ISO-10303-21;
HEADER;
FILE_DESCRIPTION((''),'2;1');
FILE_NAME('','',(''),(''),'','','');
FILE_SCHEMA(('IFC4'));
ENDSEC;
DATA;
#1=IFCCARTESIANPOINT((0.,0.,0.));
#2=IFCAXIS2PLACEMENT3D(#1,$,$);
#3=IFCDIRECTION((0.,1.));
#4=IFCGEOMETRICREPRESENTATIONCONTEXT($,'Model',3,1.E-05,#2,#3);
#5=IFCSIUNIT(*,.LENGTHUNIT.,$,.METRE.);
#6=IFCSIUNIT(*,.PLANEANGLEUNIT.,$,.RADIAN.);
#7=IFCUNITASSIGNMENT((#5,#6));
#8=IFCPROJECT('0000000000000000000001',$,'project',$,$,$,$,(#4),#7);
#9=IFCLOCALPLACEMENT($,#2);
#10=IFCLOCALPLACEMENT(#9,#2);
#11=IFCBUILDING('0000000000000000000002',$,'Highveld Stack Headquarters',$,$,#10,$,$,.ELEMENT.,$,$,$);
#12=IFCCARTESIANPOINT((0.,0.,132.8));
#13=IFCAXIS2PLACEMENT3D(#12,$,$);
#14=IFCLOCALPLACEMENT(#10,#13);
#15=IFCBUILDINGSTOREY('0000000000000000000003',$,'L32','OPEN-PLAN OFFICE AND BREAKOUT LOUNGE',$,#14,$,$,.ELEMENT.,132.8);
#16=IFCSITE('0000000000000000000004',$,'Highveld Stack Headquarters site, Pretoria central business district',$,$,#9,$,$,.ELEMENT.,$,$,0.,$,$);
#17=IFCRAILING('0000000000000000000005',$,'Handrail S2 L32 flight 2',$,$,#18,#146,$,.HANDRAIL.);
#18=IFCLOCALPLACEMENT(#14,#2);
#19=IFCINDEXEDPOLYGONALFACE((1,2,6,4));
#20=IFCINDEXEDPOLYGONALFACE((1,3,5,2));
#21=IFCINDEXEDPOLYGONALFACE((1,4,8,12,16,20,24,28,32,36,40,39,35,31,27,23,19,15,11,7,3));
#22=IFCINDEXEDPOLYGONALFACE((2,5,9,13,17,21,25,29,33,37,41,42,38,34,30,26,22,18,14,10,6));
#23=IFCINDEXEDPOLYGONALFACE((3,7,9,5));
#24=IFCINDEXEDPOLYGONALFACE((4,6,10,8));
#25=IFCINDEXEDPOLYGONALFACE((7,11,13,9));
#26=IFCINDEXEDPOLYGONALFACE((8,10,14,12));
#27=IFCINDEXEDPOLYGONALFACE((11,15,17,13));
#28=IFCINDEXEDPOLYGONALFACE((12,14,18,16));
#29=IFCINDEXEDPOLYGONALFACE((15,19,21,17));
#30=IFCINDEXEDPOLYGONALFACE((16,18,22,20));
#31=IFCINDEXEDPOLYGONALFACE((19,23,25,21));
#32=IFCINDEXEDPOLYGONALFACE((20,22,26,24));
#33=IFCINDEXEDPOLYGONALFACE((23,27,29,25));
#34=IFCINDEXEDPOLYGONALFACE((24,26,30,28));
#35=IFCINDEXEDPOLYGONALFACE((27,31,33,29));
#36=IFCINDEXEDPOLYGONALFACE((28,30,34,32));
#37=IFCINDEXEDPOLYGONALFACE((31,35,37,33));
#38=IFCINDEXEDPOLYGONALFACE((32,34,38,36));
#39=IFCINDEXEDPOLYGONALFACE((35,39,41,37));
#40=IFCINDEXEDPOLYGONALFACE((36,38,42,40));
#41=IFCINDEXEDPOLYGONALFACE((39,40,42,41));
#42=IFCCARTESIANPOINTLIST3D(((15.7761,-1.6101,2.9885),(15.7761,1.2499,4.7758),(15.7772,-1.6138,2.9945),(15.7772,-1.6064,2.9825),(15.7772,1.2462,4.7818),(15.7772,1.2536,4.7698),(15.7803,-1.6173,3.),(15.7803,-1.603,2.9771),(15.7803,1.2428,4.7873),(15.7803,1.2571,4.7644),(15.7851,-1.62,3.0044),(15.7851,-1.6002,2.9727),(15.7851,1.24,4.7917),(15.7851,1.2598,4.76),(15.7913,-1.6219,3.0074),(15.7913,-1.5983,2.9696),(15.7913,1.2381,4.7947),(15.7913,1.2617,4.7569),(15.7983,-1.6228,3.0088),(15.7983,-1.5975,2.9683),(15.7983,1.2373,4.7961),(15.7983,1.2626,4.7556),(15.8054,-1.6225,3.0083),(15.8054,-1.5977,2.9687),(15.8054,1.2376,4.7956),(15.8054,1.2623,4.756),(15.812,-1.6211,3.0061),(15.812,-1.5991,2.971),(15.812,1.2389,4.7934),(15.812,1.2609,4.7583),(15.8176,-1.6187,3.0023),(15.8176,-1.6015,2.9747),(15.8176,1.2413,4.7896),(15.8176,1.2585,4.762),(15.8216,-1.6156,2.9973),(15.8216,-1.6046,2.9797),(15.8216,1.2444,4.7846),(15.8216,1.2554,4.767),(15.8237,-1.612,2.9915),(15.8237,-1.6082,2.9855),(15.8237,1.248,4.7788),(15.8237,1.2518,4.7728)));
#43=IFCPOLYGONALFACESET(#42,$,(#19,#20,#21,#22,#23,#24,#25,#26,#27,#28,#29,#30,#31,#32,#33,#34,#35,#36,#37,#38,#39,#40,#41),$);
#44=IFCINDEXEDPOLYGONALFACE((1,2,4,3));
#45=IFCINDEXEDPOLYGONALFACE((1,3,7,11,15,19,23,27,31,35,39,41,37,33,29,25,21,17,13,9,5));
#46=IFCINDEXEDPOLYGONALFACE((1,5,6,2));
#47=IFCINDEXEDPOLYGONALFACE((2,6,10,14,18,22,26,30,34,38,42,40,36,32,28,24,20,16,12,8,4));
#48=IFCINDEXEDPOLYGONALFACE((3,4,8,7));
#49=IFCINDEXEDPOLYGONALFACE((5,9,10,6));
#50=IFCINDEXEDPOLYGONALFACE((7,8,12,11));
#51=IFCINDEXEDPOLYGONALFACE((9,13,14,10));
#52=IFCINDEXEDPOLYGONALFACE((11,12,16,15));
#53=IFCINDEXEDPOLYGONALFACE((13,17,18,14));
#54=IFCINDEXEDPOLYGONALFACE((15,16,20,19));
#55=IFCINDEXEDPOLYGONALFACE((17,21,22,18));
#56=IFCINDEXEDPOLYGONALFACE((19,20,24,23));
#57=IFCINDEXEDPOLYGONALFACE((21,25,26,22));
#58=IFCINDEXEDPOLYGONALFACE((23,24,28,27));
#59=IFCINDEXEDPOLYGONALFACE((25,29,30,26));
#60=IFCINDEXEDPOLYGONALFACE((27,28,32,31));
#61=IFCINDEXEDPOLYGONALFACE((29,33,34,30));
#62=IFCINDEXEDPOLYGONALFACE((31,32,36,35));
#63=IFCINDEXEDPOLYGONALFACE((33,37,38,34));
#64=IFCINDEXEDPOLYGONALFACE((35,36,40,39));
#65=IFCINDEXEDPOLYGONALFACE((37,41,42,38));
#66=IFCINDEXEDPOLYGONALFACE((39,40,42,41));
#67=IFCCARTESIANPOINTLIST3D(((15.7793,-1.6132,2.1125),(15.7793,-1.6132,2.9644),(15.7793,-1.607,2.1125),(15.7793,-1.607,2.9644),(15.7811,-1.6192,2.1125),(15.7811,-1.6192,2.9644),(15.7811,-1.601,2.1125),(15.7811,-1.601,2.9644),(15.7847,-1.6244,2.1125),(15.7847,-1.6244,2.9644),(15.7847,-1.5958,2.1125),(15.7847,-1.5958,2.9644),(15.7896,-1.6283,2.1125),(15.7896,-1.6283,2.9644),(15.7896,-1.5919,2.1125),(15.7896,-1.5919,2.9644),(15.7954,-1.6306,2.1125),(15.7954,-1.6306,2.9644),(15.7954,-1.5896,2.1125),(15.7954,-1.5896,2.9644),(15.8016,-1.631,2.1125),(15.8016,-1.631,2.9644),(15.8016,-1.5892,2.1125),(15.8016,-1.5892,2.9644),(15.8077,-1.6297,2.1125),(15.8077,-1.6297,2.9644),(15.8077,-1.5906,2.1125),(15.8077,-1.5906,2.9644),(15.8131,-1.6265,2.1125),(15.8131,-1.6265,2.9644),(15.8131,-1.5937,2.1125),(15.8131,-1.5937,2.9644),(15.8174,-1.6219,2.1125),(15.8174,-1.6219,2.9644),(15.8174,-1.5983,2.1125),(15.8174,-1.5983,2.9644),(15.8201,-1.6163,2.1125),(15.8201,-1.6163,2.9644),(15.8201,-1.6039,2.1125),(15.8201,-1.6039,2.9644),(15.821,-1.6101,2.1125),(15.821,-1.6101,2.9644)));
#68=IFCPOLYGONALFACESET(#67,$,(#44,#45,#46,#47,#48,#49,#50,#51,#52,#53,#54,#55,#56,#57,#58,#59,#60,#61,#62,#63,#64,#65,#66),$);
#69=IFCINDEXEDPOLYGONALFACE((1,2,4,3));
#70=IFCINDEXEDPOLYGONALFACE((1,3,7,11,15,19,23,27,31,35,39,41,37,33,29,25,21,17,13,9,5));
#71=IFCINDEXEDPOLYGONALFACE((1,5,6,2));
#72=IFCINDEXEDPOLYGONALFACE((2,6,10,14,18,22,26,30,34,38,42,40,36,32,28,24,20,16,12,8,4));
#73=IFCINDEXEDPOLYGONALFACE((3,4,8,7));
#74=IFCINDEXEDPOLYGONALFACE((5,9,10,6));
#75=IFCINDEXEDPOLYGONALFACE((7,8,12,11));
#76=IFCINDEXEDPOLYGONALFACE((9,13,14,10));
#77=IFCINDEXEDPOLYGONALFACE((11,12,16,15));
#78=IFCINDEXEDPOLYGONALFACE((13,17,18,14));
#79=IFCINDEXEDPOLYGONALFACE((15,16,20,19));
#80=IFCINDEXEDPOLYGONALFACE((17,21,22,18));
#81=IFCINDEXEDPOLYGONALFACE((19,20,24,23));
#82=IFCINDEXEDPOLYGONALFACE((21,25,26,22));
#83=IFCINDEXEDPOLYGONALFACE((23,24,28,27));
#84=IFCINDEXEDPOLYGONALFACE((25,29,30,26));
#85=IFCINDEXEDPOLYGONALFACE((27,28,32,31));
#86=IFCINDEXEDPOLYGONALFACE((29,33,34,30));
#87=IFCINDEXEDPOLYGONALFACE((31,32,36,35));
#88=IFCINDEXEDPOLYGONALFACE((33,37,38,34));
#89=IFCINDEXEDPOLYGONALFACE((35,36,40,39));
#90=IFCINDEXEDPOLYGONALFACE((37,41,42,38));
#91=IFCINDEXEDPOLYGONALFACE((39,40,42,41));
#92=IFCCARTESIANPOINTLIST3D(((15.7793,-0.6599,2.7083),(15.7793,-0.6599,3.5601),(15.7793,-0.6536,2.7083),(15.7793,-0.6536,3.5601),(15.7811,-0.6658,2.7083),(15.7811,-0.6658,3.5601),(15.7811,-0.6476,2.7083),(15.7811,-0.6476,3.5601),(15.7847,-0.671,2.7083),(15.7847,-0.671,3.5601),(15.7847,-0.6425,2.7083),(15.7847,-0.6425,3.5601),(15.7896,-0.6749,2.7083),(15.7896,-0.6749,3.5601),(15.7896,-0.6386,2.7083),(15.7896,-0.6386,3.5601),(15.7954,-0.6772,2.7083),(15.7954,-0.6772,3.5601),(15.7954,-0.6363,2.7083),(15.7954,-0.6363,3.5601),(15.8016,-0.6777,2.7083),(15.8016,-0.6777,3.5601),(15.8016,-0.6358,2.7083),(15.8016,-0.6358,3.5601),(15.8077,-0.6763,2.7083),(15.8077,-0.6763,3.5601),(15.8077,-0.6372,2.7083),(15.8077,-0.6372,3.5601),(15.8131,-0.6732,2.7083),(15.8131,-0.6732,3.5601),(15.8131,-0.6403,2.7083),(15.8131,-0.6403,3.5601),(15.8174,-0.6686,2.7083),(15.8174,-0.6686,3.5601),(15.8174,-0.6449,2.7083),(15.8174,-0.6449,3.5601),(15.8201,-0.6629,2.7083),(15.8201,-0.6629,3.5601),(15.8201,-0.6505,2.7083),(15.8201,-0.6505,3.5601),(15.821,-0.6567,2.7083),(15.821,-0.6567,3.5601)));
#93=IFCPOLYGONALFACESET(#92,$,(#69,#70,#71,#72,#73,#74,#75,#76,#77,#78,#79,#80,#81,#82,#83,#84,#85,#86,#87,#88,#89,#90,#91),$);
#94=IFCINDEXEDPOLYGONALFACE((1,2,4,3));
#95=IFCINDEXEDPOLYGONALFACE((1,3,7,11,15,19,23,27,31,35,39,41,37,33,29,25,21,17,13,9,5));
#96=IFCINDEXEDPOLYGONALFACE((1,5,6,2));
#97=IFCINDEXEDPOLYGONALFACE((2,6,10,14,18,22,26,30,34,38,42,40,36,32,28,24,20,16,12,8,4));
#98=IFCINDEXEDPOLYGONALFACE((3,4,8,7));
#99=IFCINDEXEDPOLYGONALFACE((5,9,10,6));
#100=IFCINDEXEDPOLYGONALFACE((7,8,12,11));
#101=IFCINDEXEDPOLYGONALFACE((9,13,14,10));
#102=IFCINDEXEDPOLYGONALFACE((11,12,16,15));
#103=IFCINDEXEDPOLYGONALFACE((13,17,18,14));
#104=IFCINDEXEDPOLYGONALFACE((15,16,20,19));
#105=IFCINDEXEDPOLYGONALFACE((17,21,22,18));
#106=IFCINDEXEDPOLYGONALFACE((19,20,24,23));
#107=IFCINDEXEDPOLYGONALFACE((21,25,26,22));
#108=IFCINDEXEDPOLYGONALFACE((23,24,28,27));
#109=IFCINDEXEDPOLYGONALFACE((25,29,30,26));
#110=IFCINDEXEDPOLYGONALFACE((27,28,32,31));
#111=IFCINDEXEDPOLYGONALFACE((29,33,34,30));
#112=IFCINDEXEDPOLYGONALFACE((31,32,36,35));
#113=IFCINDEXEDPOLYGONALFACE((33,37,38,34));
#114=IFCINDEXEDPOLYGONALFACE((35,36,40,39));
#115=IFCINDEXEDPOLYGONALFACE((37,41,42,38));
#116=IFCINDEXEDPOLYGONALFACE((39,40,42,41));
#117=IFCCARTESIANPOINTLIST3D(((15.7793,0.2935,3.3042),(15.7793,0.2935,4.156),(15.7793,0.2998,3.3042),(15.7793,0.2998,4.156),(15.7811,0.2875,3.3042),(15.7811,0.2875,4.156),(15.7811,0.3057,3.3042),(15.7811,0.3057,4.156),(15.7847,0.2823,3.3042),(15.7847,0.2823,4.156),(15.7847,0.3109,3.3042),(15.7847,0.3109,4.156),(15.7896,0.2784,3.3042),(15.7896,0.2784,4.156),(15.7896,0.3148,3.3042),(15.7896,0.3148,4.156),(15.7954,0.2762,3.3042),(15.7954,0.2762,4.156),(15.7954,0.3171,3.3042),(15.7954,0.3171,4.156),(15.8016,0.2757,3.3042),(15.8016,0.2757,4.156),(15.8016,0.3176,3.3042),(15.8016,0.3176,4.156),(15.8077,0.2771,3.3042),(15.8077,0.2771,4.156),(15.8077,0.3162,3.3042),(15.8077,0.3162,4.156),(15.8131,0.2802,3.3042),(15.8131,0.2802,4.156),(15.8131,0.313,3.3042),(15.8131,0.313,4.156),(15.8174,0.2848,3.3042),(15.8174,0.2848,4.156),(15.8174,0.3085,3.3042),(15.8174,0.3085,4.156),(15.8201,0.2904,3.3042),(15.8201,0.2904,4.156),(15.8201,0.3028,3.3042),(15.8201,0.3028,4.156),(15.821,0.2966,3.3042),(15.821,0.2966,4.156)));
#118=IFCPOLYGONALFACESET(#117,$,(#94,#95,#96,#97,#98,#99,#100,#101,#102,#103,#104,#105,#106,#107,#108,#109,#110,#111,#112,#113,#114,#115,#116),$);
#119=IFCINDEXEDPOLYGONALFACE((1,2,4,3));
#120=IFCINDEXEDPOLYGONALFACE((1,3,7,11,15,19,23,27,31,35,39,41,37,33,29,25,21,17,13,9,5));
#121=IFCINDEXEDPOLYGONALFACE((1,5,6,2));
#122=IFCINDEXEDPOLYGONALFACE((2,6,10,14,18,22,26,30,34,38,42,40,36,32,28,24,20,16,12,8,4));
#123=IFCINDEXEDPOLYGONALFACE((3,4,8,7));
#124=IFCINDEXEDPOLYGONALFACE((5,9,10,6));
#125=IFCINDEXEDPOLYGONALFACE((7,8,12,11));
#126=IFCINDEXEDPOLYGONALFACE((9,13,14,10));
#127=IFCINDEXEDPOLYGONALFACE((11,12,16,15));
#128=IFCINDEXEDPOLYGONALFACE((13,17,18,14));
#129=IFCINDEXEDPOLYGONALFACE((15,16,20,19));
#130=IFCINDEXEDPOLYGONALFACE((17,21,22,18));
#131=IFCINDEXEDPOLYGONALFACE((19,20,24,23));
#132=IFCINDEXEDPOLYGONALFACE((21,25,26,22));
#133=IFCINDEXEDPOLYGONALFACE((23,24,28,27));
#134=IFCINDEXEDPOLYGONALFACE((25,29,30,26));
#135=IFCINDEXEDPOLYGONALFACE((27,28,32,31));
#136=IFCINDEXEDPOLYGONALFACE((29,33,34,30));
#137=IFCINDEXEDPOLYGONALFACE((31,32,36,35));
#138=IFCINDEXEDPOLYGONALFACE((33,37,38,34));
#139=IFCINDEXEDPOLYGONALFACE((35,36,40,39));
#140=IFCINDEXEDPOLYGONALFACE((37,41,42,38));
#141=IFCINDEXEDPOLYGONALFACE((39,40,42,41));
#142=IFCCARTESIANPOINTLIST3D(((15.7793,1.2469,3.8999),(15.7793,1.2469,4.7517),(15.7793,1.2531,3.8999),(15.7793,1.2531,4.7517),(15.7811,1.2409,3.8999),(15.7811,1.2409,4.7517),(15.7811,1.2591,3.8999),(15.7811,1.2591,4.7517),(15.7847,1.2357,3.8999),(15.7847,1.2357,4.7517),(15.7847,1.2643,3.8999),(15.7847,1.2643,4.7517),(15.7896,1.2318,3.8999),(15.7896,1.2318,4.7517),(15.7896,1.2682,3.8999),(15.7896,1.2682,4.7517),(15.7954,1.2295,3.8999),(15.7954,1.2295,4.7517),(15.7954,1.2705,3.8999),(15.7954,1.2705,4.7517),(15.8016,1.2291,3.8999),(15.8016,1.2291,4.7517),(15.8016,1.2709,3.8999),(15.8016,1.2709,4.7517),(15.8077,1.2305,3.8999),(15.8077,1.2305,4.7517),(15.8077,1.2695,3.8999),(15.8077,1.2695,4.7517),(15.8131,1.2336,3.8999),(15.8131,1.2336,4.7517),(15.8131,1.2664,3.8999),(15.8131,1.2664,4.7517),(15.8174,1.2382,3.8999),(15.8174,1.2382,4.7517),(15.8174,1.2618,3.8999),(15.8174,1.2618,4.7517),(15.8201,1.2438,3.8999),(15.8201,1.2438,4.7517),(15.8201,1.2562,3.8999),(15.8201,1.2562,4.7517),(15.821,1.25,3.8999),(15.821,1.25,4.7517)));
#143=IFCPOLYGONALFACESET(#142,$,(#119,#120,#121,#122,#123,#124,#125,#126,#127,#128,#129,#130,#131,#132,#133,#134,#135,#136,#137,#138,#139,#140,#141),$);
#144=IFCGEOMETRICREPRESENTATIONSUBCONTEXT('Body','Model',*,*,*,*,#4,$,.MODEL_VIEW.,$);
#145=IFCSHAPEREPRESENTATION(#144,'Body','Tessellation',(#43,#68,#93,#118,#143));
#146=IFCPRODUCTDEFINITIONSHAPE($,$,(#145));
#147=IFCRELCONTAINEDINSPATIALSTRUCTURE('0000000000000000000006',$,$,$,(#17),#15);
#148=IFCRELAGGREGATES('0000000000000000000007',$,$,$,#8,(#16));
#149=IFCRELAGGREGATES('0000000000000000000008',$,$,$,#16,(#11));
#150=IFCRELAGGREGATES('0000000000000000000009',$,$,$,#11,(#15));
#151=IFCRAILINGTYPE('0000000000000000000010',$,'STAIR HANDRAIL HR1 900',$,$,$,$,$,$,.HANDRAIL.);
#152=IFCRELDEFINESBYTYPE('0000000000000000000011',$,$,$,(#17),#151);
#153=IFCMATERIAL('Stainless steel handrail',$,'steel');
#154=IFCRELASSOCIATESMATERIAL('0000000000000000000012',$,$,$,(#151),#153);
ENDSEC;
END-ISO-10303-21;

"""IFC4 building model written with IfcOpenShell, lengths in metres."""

from ifc_helpers import new_model, si_unit, direction, frame, origin, origin_2d, place, context, subcontext, project, spatial, circle, extrude, material, type_object, element, save


model = new_model("IFC4")

# Units and contexts
model_context = context("Model", 3, precision=1e-05, world=origin(), true_north=direction((0.0, 1.0)))
body_context = subcontext(model_context, "Body", "Model", "MODEL_VIEW")
ifc_project = project(units=[si_unit("LENGTHUNIT", "METRE"), si_unit("PLANEANGLEUNIT", "RADIAN")], contexts=[model_context])

# Site, building, storey
site_placement = place(None, origin())
site = spatial("IfcSite", under=ifc_project, at=site_placement, Name="Highveld Stack Headquarters site, Pretoria central business district", CompositionType="ELEMENT", RefElevation=0.0)
building_placement = place(site_placement, origin())
building = spatial("IfcBuilding", under=site, at=building_placement, Name="Highveld Stack Headquarters", CompositionType="ELEMENT")
storey_placement = place(building_placement, frame((0.0, 0.0, 132.8)))
storey = spatial("IfcBuildingStorey", under=building, at=storey_placement, Name="L32", Description="OPEN-PLAN OFFICE AND BREAKOUT LOUNGE", CompositionType="ELEMENT", Elevation=132.8)

# Railing
ifc_material_1 = material(Name="Stainless steel handrail", Category="steel")
railing_type = type_object("IfcRailingType", Name="STAIR HANDRAIL HR1 900", PredefinedType="HANDRAIL", material=ifc_material_1)
railing_placement = place(storey_placement, frame((15.8, -1.6101, 2.1125)))
element("IfcRailing", 1, at=railing_placement, inside=storey, type_object=railing_type, Name="Handrail S2 L32 flight 2", PredefinedType="HANDRAIL", context=body_context, shape_type="SweptSolid", body=[
    extrude(circle(Radius=0.0239, at=origin_2d()), frame((0.0, 0.0, 0.876), z_axis=(0.0, 0.848027, 0.529953), x_axis=(-1.0, 0.0, 0.0)), (0.0, 0.0, 1.0), 3.3726),
    extrude(circle(Radius=0.021, at=origin_2d()), origin(), (0.0, 0.0, 1.0), 0.8518),
    extrude(circle(Radius=0.021, at=origin_2d()), frame((0.0, 0.9534, 0.5957)), (0.0, 0.0, 1.0), 0.8518),
    extrude(circle(Radius=0.021, at=origin_2d()), frame((0.0, 1.9067, 1.1917)), (0.0, 0.0, 1.0), 0.8518),
    extrude(circle(Radius=0.021, at=origin_2d()), frame((0.0, 2.8601, 1.7874)), (0.0, 0.0, 1.0), 0.8518),
])

save(model, "model.ifc")
